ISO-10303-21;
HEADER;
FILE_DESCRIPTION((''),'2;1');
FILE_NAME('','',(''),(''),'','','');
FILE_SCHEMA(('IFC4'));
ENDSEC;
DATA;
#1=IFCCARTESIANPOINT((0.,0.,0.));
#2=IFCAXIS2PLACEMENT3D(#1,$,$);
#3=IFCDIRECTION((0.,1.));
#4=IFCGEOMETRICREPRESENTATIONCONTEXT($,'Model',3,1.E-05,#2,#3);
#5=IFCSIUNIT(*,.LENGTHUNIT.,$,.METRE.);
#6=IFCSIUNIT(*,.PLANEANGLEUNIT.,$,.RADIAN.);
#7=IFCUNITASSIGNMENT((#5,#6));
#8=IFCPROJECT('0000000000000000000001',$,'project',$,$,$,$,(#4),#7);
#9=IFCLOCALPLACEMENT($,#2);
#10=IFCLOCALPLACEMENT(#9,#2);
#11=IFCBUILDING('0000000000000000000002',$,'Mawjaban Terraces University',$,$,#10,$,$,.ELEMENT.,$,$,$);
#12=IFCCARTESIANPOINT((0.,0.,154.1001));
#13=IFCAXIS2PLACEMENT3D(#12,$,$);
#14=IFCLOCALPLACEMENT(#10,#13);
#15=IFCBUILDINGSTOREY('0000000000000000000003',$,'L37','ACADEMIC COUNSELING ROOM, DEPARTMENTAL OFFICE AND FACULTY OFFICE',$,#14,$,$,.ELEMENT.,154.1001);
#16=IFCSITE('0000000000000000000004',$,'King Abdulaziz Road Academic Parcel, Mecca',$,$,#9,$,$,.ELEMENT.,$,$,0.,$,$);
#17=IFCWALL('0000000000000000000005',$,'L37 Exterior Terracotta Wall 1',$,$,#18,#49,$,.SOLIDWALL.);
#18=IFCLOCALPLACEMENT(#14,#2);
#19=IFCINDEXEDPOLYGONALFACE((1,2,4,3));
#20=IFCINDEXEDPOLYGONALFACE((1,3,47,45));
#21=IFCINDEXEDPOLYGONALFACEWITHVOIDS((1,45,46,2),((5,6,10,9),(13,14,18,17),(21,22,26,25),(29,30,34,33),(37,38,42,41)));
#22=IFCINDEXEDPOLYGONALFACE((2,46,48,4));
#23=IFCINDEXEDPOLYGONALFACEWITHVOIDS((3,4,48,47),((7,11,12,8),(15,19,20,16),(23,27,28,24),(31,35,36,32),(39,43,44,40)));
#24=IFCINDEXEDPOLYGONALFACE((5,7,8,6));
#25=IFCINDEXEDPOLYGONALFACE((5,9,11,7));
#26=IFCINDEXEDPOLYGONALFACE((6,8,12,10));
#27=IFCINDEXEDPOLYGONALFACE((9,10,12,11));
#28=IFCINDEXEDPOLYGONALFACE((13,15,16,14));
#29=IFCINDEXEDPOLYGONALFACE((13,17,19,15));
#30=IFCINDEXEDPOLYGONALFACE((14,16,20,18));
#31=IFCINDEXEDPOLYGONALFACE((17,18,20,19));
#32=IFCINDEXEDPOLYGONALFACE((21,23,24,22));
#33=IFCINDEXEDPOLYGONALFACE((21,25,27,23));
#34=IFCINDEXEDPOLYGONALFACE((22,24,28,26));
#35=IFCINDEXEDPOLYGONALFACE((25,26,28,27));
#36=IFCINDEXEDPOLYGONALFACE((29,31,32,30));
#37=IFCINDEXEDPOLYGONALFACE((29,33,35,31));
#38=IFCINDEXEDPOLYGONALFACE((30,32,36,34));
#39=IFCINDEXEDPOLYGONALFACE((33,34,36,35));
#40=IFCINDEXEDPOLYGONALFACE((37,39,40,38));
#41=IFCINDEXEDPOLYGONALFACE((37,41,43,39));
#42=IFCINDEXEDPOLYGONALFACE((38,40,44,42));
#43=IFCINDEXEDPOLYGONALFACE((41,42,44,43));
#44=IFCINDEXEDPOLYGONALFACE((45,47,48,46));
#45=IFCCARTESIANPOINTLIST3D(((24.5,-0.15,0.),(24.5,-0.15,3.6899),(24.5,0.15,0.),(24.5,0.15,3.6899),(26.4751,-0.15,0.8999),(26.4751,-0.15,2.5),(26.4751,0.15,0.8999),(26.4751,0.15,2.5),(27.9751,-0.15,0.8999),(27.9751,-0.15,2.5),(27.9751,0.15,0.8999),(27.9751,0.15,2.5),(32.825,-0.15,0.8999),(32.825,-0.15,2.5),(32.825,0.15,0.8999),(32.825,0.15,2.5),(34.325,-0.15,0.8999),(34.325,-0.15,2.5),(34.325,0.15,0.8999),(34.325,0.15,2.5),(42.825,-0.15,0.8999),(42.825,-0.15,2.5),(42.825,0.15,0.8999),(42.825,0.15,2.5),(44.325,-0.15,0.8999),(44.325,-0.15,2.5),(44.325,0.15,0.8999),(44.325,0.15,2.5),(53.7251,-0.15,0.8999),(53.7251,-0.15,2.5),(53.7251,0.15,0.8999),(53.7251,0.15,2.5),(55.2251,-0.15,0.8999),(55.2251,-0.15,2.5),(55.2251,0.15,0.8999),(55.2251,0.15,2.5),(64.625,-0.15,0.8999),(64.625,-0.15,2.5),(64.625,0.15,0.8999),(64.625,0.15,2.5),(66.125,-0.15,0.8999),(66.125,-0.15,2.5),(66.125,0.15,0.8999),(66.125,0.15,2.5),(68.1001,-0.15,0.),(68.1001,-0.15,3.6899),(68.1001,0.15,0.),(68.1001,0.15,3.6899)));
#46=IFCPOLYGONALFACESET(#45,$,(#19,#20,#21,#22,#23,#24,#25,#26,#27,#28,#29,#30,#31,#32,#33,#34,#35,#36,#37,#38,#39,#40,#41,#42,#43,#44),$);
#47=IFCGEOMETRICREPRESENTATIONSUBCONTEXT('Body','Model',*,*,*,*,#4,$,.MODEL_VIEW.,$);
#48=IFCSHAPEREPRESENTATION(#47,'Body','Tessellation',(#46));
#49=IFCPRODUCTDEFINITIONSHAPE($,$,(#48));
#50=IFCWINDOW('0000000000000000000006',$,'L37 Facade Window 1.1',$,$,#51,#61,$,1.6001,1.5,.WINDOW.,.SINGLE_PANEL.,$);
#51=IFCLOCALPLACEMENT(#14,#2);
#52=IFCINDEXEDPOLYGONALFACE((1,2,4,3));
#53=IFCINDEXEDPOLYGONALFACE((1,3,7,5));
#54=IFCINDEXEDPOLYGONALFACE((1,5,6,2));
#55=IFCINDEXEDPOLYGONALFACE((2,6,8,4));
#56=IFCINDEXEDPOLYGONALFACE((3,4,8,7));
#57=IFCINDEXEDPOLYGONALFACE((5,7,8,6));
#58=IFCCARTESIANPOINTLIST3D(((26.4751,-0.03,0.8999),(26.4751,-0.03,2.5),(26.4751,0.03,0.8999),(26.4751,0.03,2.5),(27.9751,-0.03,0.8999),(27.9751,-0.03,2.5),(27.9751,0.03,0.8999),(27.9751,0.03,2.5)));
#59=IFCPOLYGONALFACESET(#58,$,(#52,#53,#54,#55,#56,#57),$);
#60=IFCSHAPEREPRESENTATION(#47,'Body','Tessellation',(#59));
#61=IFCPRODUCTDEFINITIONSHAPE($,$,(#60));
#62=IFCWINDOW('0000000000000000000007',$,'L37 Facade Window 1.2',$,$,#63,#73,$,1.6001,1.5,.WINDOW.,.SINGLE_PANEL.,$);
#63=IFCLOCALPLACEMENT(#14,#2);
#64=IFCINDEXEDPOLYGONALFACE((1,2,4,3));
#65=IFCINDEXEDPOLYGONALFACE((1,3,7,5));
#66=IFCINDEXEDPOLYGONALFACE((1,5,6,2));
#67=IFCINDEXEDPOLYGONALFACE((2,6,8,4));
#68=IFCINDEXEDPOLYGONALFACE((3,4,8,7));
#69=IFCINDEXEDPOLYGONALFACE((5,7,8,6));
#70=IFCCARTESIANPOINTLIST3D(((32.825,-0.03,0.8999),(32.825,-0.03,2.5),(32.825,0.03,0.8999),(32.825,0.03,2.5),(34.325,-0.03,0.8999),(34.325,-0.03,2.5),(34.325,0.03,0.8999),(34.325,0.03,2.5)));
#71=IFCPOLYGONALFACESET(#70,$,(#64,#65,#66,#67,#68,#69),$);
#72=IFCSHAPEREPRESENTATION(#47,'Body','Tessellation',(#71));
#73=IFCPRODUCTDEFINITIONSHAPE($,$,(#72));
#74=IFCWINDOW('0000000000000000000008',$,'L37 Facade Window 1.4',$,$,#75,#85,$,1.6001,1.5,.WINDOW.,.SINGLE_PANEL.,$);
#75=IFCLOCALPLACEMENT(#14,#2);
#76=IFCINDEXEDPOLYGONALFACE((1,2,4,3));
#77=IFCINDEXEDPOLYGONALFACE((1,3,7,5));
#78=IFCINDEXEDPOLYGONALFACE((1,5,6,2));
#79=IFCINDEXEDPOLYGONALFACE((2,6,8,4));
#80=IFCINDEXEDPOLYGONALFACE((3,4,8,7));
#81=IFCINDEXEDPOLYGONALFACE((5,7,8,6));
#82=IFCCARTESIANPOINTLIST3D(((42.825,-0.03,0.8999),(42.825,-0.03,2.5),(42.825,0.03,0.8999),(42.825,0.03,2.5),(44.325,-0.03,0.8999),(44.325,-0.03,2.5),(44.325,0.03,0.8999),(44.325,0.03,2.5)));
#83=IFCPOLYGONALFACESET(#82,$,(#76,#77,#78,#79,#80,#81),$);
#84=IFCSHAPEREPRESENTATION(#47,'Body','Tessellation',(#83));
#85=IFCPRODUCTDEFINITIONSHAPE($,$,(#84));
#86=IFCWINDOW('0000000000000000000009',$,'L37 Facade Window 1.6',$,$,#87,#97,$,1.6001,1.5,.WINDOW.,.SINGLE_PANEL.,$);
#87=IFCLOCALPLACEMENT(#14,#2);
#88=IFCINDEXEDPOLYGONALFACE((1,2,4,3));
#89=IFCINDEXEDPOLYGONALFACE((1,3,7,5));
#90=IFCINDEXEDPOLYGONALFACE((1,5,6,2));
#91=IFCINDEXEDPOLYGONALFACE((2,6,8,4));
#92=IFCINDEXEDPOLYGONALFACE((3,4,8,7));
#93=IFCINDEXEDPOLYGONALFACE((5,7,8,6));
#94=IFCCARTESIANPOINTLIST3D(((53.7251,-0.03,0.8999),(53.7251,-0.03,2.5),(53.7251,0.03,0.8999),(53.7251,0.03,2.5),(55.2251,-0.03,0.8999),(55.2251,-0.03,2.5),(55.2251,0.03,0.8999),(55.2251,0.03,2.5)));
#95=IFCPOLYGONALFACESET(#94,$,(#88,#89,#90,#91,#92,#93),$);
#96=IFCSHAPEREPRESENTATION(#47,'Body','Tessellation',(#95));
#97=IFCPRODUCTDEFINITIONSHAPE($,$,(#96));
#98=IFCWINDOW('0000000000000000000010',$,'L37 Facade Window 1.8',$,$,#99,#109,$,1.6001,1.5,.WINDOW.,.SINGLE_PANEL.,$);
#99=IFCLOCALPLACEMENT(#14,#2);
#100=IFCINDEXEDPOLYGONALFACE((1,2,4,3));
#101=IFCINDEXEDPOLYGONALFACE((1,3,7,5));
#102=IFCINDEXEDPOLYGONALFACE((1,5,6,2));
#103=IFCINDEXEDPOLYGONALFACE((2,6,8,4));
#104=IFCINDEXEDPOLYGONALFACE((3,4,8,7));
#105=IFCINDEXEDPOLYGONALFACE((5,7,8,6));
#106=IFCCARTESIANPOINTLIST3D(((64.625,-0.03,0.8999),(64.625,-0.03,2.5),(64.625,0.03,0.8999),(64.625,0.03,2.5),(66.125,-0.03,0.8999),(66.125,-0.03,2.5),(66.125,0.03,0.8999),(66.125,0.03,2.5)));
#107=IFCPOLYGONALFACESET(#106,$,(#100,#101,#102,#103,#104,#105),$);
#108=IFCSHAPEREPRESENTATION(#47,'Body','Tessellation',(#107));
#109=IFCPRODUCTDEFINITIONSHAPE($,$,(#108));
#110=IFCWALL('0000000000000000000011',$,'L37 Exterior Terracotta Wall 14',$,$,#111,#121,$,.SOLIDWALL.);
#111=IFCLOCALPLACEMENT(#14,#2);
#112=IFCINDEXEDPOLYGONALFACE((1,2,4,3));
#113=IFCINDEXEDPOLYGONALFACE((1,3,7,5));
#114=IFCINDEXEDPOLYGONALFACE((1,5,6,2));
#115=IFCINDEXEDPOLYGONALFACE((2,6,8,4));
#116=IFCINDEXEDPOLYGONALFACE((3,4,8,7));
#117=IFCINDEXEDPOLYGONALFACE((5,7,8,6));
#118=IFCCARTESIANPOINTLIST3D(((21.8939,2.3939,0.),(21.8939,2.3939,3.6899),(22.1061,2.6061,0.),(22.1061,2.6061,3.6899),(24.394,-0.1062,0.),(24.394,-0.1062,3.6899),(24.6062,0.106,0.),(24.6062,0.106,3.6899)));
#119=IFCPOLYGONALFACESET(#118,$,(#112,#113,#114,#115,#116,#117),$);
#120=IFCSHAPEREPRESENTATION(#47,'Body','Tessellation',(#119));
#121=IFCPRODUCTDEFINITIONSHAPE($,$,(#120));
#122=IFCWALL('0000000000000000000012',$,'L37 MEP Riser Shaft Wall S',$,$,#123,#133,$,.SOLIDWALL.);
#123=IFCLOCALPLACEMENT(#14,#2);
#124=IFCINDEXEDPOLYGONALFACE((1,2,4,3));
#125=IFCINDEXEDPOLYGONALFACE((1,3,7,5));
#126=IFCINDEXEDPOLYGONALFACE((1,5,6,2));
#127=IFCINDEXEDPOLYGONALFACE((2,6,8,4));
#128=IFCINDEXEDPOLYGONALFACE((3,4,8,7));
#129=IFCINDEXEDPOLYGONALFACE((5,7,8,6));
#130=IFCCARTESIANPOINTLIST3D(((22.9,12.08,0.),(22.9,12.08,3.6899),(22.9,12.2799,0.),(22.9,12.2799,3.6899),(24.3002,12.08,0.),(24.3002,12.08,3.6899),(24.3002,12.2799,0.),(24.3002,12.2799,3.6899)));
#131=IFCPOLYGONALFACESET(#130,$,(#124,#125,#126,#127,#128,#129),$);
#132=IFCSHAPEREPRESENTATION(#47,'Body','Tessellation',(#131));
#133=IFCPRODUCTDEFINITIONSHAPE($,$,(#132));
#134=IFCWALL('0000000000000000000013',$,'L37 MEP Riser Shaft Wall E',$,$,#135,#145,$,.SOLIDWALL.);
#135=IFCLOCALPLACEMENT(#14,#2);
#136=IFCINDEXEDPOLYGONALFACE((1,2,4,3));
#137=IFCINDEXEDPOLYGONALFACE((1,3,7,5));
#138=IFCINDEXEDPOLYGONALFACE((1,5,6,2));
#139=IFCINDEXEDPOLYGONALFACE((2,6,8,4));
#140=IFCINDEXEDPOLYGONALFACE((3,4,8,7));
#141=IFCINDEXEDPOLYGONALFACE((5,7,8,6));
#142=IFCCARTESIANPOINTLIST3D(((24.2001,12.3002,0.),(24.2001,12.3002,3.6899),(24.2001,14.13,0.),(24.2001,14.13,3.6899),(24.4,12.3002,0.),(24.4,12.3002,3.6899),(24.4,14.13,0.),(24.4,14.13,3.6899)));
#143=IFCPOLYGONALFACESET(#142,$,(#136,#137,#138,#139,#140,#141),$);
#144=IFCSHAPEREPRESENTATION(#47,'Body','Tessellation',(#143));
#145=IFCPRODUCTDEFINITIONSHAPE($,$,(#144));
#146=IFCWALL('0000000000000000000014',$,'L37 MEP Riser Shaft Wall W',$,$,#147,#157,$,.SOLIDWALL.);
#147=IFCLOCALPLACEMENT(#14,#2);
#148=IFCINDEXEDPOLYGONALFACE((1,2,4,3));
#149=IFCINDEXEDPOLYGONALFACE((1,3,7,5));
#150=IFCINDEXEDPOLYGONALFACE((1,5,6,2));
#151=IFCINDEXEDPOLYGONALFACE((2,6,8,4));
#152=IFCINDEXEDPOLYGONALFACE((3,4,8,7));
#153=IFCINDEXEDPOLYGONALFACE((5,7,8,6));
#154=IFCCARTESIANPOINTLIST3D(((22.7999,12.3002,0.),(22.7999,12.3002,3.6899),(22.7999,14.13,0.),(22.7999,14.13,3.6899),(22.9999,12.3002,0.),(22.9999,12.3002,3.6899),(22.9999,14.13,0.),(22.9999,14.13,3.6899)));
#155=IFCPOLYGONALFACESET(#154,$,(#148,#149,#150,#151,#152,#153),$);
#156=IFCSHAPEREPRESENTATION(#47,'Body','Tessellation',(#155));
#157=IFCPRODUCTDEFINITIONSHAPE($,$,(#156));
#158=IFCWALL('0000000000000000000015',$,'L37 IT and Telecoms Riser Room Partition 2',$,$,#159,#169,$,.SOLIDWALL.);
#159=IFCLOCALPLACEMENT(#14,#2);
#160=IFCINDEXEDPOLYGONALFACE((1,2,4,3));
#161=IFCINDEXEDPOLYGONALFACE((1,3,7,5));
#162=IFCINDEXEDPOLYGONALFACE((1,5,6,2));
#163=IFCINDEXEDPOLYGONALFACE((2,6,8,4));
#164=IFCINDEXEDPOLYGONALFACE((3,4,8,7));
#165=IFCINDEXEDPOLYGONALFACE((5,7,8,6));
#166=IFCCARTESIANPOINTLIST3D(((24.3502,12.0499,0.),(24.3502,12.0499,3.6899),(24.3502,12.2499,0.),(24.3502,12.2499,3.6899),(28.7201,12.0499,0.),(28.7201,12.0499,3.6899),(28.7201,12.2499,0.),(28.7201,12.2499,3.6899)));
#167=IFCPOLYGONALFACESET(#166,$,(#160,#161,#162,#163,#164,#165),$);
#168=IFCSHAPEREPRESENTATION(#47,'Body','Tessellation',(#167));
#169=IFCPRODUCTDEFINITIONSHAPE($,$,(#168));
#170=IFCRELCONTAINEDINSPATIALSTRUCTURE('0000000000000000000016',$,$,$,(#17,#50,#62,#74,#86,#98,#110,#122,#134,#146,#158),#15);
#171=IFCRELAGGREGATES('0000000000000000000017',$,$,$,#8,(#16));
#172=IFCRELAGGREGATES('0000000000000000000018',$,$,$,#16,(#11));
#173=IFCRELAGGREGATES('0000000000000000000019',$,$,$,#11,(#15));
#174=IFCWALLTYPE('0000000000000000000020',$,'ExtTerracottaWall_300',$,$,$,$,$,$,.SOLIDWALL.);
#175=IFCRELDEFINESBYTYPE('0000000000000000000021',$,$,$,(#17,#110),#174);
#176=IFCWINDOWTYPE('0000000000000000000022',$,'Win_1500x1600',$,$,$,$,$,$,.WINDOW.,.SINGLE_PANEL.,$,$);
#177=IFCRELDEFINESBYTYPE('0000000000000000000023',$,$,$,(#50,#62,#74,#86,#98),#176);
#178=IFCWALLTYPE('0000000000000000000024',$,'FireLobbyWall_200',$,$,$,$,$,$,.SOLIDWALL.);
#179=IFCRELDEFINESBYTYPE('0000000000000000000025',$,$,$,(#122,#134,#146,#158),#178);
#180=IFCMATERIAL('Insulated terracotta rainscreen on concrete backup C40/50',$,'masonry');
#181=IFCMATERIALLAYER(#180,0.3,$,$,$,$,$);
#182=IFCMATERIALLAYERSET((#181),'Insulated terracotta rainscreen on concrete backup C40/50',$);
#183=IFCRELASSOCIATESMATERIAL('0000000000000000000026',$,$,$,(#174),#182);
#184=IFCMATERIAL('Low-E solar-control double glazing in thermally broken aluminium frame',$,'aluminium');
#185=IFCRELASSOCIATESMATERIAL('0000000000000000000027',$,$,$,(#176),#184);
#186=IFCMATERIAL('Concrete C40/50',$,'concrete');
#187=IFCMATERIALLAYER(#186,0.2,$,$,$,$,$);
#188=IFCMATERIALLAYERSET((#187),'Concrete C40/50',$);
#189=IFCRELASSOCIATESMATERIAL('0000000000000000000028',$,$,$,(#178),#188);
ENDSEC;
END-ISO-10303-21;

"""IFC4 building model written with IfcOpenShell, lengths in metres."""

from ifc_helpers import new_model, si_unit, direction, frame, frame_2d, origin, place, context, subcontext, project, spatial, rectangle, extrude, material, layer, layer_set, type_object, element, fill, save


model = new_model("IFC4")

# Units and contexts
model_context = context("Model", 3, precision=1e-05, world=origin(), true_north=direction((0.0, 1.0)))
body_context = subcontext(model_context, "Body", "Model", "MODEL_VIEW")
ifc_project = project(units=[si_unit("LENGTHUNIT", "METRE"), si_unit("PLANEANGLEUNIT", "RADIAN")], contexts=[model_context])

# Site, building, storey
site_placement = place(None, origin())
site = spatial("IfcSite", under=ifc_project, at=site_placement, Name="King Abdulaziz Road Academic Parcel, Mecca", CompositionType="ELEMENT", RefElevation=0.0)
building_placement = place(site_placement, origin())
building = spatial("IfcBuilding", under=site, at=building_placement, Name="Mawjaban Terraces University", CompositionType="ELEMENT")
storey_placement = place(building_placement, frame((0.0, 0.0, 154.1001)))
storey = spatial("IfcBuildingStorey", under=building, at=storey_placement, Name="L37", Description="ACADEMIC COUNSELING ROOM, DEPARTMENTAL OFFICE AND FACULTY OFFICE", CompositionType="ELEMENT", Elevation=154.1001)

# Wall, openings, windows
ifc_material_1 = material(Name="Insulated terracotta rainscreen on concrete backup C40/50", Category="masonry")
ifc_layer_1 = layer(ifc_material_1, 0.3)
ifc_layer_set_1 = layer_set([ifc_layer_1], Name="Insulated terracotta rainscreen on concrete backup C40/50")
wall_type_1 = type_object("IfcWallType", Name="ExtTerracottaWall_300", PredefinedType="SOLIDWALL", material=ifc_layer_set_1)
wall_1_placement = place(storey_placement, frame((24.5, 0.0, 0.0), z_axis=(0.0, 0.0, 1.0), x_axis=(1.0, 0.0, 0.0)))
wall_1 = element("IfcWall", 1, at=wall_1_placement, inside=storey, type_object=wall_type_1, Name="L37 Exterior Terracotta Wall 1", PredefinedType="SOLIDWALL", context=body_context, shape_type="SweptSolid", body=[
    extrude(rectangle(XDim=43.6001, YDim=0.3, at=frame_2d((21.8, 0.0))), origin(), (0.0, 0.0, 1.0), 3.6899),
])
opening_1_placement = place(wall_1_placement, frame((1.9751, 0.0, 0.8999)))
opening_1 = element("IfcOpeningElement", 2, at=opening_1_placement, cuts=wall_1, PredefinedType="OPENING", context=body_context, shape_type="SweptSolid", body=[
    extrude(rectangle(XDim=1.5, YDim=1.6001, at=frame_2d((0.75, 0.8))), frame((0.0, 0.1599, 0.0), z_axis=(0.0, -1.0, 0.0), x_axis=(1.0, 0.0, 0.0)), (0.0, 0.0, 1.0), 0.3201),
])
opening_2_placement = place(wall_1_placement, frame((8.325, 0.0, 0.8999)))
opening_2 = element("IfcOpeningElement", 3, at=opening_2_placement, cuts=wall_1, PredefinedType="OPENING", context=body_context, shape_type="SweptSolid", body=[
    extrude(rectangle(XDim=1.5, YDim=1.6001, at=frame_2d((0.75, 0.8))), frame((0.0, 0.1599, 0.0), z_axis=(0.0, -1.0, 0.0), x_axis=(1.0, 0.0, 0.0)), (0.0, 0.0, 1.0), 0.3201),
])
opening_3_placement = place(wall_1_placement, frame((18.325, 0.0, 0.8999)))
opening_3 = element("IfcOpeningElement", 4, at=opening_3_placement, cuts=wall_1, PredefinedType="OPENING", context=body_context, shape_type="SweptSolid", body=[
    extrude(rectangle(XDim=1.5, YDim=1.6001, at=frame_2d((0.75, 0.8))), frame((0.0, 0.1599, 0.0), z_axis=(0.0, -1.0, 0.0), x_axis=(1.0, 0.0, 0.0)), (0.0, 0.0, 1.0), 0.3201),
])
opening_4_placement = place(wall_1_placement, frame((29.2251, 0.0, 0.8999)))
opening_4 = element("IfcOpeningElement", 5, at=opening_4_placement, cuts=wall_1, PredefinedType="OPENING", context=body_context, shape_type="SweptSolid", body=[
    extrude(rectangle(XDim=1.5, YDim=1.6001, at=frame_2d((0.75, 0.8))), frame((0.0, 0.1599, 0.0), z_axis=(0.0, -1.0, 0.0), x_axis=(1.0, 0.0, 0.0)), (0.0, 0.0, 1.0), 0.3201),
])
opening_5_placement = place(wall_1_placement, frame((40.125, 0.0, 0.8999)))
opening_5 = element("IfcOpeningElement", 6, at=opening_5_placement, cuts=wall_1, PredefinedType="OPENING", context=body_context, shape_type="SweptSolid", body=[
    extrude(rectangle(XDim=1.5, YDim=1.6001, at=frame_2d((0.75, 0.8))), frame((0.0, 0.1599, 0.0), z_axis=(0.0, -1.0, 0.0), x_axis=(1.0, 0.0, 0.0)), (0.0, 0.0, 1.0), 0.3201),
])
ifc_material_2 = material(Name="Low-E solar-control double glazing in thermally broken aluminium frame", Category="aluminium")
window_type = type_object("IfcWindowType", Name="Win_1500x1600", PartitioningType="SINGLE_PANEL", PredefinedType="WINDOW", material=ifc_material_2)
window_1_placement = place(opening_1_placement, origin())
window_1 = element("IfcWindow", 7, at=window_1_placement, inside=storey, type_object=window_type, Name="L37 Facade Window 1.1", OverallHeight=1.6001, OverallWidth=1.5, PartitioningType="SINGLE_PANEL", PredefinedType="WINDOW", context=body_context, shape_type="SweptSolid", body=[
    extrude(rectangle(XDim=1.5, YDim=1.6001, at=frame_2d((0.75, 0.8))), frame((0.0, 0.03, 0.0), z_axis=(0.0, -1.0, 0.0), x_axis=(1.0, 0.0, 0.0)), (0.0, 0.0, 1.0), 0.0601),
])
fill(opening_1, window_1)
window_2_placement = place(opening_2_placement, origin())
window_2 = element("IfcWindow", 8, at=window_2_placement, inside=storey, type_object=window_type, Name="L37 Facade Window 1.2", OverallHeight=1.6001, OverallWidth=1.5, PartitioningType="SINGLE_PANEL", PredefinedType="WINDOW", context=body_context, shape_type="SweptSolid", body=[
    extrude(rectangle(XDim=1.5, YDim=1.6001, at=frame_2d((0.75, 0.8))), frame((0.0, 0.03, 0.0), z_axis=(0.0, -1.0, 0.0), x_axis=(1.0, 0.0, 0.0)), (0.0, 0.0, 1.0), 0.0601),
])
fill(opening_2, window_2)
window_3_placement = place(opening_3_placement, origin())
window_3 = element("IfcWindow", 9, at=window_3_placement, inside=storey, type_object=window_type, Name="L37 Facade Window 1.4", OverallHeight=1.6001, OverallWidth=1.5, PartitioningType="SINGLE_PANEL", PredefinedType="WINDOW", context=body_context, shape_type="SweptSolid", body=[
    extrude(rectangle(XDim=1.5, YDim=1.6001, at=frame_2d((0.75, 0.8))), frame((0.0, 0.03, 0.0), z_axis=(0.0, -1.0, 0.0), x_axis=(1.0, 0.0, 0.0)), (0.0, 0.0, 1.0), 0.0601),
])
fill(opening_3, window_3)
window_4_placement = place(opening_4_placement, origin())
window_4 = element("IfcWindow", 10, at=window_4_placement, inside=storey, type_object=window_type, Name="L37 Facade Window 1.6", OverallHeight=1.6001, OverallWidth=1.5, PartitioningType="SINGLE_PANEL", PredefinedType="WINDOW", context=body_context, shape_type="SweptSolid", body=[
    extrude(rectangle(XDim=1.5, YDim=1.6001, at=frame_2d((0.75, 0.8))), frame((0.0, 0.03, 0.0), z_axis=(0.0, -1.0, 0.0), x_axis=(1.0, 0.0, 0.0)), (0.0, 0.0, 1.0), 0.0601),
])
fill(opening_4, window_4)
window_5_placement = place(opening_5_placement, origin())
window_5 = element("IfcWindow", 11, at=window_5_placement, inside=storey, type_object=window_type, Name="L37 Facade Window 1.8", OverallHeight=1.6001, OverallWidth=1.5, PartitioningType="SINGLE_PANEL", PredefinedType="WINDOW", context=body_context, shape_type="SweptSolid", body=[
    extrude(rectangle(XDim=1.5, YDim=1.6001, at=frame_2d((0.75, 0.8))), frame((0.0, 0.03, 0.0), z_axis=(0.0, -1.0, 0.0), x_axis=(1.0, 0.0, 0.0)), (0.0, 0.0, 1.0), 0.0601),
])
fill(opening_5, window_5)

# Walls
wall_2_placement = place(storey_placement, frame((22.0, 2.5, 0.0), z_axis=(0.0, 0.0, 1.0), x_axis=(0.707107, -0.707107, 0.0)))
element("IfcWall", 12, at=wall_2_placement, inside=storey, type_object=wall_type_1, Name="L37 Exterior Terracotta Wall 14", PredefinedType="SOLIDWALL", context=body_context, shape_type="SweptSolid", body=[
    extrude(rectangle(XDim=3.5356, YDim=0.3, at=frame_2d((1.7678, 0.0))), origin(), (0.0, 0.0, 1.0), 3.6899),
])
ifc_material_3 = material(Name="Concrete C40/50", Category="concrete")
ifc_layer_2 = layer(ifc_material_3, 0.2)
ifc_layer_set_2 = layer_set([ifc_layer_2], Name="Concrete C40/50")
wall_type_2 = type_object("IfcWallType", Name="FireLobbyWall_200", PredefinedType="SOLIDWALL", material=ifc_layer_set_2)
wall_3_placement = place(storey_placement, frame((22.8999, 12.1799, 0.0), z_axis=(0.0, 0.0, 1.0), x_axis=(1.0, 0.0, 0.0)))
element("IfcWall", 13, at=wall_3_placement, inside=storey, type_object=wall_type_2, Name="L37 MEP Riser Shaft Wall S", PredefinedType="SOLIDWALL", context=body_context, shape_type="SweptSolid", body=[
    extrude(rectangle(XDim=1.4001, YDim=0.2, at=frame_2d((0.7002, 0.0))), origin(), (0.0, 0.0, 1.0), 3.6899),
])
for number, where, z_axis, x_axis, name in (
    (14, (24.3, 12.3, 0.0), (0.0, 0.0, 1.0), (0.0, 1.0, 0.0), "L37 MEP Riser Shaft Wall E"),
    (15, (22.8999, 12.3, 0.0), (0.0, 0.0, 1.0), (0.0, 1.0, 0.0), "L37 MEP Riser Shaft Wall W"),
):
    element("IfcWall", number, at=place(storey_placement, frame(where, z_axis=z_axis, x_axis=x_axis)), inside=storey, type_object=wall_type_2, Name=name, PredefinedType="SOLIDWALL", context=body_context, shape_type="SweptSolid", body=[
        extrude(rectangle(XDim=1.8298, YDim=0.2, at=frame_2d((0.915, 0.0))), origin(), (0.0, 0.0, 1.0), 3.6899),
    ])
wall_4_placement = place(storey_placement, frame((24.3501, 12.1499, 0.0), z_axis=(0.0, 0.0, 1.0), x_axis=(1.0, 0.0, 0.0)))
element("IfcWall", 16, at=wall_4_placement, inside=storey, type_object=wall_type_2, Name="L37 IT and Telecoms Riser Room Partition 2", PredefinedType="SOLIDWALL", context=body_context, shape_type="SweptSolid", body=[
    extrude(rectangle(XDim=4.3699, YDim=0.2, at=frame_2d((2.1851, 0.0))), origin(), (0.0, 0.0, 1.0), 3.6899),
])

save(model, "model.ifc")
